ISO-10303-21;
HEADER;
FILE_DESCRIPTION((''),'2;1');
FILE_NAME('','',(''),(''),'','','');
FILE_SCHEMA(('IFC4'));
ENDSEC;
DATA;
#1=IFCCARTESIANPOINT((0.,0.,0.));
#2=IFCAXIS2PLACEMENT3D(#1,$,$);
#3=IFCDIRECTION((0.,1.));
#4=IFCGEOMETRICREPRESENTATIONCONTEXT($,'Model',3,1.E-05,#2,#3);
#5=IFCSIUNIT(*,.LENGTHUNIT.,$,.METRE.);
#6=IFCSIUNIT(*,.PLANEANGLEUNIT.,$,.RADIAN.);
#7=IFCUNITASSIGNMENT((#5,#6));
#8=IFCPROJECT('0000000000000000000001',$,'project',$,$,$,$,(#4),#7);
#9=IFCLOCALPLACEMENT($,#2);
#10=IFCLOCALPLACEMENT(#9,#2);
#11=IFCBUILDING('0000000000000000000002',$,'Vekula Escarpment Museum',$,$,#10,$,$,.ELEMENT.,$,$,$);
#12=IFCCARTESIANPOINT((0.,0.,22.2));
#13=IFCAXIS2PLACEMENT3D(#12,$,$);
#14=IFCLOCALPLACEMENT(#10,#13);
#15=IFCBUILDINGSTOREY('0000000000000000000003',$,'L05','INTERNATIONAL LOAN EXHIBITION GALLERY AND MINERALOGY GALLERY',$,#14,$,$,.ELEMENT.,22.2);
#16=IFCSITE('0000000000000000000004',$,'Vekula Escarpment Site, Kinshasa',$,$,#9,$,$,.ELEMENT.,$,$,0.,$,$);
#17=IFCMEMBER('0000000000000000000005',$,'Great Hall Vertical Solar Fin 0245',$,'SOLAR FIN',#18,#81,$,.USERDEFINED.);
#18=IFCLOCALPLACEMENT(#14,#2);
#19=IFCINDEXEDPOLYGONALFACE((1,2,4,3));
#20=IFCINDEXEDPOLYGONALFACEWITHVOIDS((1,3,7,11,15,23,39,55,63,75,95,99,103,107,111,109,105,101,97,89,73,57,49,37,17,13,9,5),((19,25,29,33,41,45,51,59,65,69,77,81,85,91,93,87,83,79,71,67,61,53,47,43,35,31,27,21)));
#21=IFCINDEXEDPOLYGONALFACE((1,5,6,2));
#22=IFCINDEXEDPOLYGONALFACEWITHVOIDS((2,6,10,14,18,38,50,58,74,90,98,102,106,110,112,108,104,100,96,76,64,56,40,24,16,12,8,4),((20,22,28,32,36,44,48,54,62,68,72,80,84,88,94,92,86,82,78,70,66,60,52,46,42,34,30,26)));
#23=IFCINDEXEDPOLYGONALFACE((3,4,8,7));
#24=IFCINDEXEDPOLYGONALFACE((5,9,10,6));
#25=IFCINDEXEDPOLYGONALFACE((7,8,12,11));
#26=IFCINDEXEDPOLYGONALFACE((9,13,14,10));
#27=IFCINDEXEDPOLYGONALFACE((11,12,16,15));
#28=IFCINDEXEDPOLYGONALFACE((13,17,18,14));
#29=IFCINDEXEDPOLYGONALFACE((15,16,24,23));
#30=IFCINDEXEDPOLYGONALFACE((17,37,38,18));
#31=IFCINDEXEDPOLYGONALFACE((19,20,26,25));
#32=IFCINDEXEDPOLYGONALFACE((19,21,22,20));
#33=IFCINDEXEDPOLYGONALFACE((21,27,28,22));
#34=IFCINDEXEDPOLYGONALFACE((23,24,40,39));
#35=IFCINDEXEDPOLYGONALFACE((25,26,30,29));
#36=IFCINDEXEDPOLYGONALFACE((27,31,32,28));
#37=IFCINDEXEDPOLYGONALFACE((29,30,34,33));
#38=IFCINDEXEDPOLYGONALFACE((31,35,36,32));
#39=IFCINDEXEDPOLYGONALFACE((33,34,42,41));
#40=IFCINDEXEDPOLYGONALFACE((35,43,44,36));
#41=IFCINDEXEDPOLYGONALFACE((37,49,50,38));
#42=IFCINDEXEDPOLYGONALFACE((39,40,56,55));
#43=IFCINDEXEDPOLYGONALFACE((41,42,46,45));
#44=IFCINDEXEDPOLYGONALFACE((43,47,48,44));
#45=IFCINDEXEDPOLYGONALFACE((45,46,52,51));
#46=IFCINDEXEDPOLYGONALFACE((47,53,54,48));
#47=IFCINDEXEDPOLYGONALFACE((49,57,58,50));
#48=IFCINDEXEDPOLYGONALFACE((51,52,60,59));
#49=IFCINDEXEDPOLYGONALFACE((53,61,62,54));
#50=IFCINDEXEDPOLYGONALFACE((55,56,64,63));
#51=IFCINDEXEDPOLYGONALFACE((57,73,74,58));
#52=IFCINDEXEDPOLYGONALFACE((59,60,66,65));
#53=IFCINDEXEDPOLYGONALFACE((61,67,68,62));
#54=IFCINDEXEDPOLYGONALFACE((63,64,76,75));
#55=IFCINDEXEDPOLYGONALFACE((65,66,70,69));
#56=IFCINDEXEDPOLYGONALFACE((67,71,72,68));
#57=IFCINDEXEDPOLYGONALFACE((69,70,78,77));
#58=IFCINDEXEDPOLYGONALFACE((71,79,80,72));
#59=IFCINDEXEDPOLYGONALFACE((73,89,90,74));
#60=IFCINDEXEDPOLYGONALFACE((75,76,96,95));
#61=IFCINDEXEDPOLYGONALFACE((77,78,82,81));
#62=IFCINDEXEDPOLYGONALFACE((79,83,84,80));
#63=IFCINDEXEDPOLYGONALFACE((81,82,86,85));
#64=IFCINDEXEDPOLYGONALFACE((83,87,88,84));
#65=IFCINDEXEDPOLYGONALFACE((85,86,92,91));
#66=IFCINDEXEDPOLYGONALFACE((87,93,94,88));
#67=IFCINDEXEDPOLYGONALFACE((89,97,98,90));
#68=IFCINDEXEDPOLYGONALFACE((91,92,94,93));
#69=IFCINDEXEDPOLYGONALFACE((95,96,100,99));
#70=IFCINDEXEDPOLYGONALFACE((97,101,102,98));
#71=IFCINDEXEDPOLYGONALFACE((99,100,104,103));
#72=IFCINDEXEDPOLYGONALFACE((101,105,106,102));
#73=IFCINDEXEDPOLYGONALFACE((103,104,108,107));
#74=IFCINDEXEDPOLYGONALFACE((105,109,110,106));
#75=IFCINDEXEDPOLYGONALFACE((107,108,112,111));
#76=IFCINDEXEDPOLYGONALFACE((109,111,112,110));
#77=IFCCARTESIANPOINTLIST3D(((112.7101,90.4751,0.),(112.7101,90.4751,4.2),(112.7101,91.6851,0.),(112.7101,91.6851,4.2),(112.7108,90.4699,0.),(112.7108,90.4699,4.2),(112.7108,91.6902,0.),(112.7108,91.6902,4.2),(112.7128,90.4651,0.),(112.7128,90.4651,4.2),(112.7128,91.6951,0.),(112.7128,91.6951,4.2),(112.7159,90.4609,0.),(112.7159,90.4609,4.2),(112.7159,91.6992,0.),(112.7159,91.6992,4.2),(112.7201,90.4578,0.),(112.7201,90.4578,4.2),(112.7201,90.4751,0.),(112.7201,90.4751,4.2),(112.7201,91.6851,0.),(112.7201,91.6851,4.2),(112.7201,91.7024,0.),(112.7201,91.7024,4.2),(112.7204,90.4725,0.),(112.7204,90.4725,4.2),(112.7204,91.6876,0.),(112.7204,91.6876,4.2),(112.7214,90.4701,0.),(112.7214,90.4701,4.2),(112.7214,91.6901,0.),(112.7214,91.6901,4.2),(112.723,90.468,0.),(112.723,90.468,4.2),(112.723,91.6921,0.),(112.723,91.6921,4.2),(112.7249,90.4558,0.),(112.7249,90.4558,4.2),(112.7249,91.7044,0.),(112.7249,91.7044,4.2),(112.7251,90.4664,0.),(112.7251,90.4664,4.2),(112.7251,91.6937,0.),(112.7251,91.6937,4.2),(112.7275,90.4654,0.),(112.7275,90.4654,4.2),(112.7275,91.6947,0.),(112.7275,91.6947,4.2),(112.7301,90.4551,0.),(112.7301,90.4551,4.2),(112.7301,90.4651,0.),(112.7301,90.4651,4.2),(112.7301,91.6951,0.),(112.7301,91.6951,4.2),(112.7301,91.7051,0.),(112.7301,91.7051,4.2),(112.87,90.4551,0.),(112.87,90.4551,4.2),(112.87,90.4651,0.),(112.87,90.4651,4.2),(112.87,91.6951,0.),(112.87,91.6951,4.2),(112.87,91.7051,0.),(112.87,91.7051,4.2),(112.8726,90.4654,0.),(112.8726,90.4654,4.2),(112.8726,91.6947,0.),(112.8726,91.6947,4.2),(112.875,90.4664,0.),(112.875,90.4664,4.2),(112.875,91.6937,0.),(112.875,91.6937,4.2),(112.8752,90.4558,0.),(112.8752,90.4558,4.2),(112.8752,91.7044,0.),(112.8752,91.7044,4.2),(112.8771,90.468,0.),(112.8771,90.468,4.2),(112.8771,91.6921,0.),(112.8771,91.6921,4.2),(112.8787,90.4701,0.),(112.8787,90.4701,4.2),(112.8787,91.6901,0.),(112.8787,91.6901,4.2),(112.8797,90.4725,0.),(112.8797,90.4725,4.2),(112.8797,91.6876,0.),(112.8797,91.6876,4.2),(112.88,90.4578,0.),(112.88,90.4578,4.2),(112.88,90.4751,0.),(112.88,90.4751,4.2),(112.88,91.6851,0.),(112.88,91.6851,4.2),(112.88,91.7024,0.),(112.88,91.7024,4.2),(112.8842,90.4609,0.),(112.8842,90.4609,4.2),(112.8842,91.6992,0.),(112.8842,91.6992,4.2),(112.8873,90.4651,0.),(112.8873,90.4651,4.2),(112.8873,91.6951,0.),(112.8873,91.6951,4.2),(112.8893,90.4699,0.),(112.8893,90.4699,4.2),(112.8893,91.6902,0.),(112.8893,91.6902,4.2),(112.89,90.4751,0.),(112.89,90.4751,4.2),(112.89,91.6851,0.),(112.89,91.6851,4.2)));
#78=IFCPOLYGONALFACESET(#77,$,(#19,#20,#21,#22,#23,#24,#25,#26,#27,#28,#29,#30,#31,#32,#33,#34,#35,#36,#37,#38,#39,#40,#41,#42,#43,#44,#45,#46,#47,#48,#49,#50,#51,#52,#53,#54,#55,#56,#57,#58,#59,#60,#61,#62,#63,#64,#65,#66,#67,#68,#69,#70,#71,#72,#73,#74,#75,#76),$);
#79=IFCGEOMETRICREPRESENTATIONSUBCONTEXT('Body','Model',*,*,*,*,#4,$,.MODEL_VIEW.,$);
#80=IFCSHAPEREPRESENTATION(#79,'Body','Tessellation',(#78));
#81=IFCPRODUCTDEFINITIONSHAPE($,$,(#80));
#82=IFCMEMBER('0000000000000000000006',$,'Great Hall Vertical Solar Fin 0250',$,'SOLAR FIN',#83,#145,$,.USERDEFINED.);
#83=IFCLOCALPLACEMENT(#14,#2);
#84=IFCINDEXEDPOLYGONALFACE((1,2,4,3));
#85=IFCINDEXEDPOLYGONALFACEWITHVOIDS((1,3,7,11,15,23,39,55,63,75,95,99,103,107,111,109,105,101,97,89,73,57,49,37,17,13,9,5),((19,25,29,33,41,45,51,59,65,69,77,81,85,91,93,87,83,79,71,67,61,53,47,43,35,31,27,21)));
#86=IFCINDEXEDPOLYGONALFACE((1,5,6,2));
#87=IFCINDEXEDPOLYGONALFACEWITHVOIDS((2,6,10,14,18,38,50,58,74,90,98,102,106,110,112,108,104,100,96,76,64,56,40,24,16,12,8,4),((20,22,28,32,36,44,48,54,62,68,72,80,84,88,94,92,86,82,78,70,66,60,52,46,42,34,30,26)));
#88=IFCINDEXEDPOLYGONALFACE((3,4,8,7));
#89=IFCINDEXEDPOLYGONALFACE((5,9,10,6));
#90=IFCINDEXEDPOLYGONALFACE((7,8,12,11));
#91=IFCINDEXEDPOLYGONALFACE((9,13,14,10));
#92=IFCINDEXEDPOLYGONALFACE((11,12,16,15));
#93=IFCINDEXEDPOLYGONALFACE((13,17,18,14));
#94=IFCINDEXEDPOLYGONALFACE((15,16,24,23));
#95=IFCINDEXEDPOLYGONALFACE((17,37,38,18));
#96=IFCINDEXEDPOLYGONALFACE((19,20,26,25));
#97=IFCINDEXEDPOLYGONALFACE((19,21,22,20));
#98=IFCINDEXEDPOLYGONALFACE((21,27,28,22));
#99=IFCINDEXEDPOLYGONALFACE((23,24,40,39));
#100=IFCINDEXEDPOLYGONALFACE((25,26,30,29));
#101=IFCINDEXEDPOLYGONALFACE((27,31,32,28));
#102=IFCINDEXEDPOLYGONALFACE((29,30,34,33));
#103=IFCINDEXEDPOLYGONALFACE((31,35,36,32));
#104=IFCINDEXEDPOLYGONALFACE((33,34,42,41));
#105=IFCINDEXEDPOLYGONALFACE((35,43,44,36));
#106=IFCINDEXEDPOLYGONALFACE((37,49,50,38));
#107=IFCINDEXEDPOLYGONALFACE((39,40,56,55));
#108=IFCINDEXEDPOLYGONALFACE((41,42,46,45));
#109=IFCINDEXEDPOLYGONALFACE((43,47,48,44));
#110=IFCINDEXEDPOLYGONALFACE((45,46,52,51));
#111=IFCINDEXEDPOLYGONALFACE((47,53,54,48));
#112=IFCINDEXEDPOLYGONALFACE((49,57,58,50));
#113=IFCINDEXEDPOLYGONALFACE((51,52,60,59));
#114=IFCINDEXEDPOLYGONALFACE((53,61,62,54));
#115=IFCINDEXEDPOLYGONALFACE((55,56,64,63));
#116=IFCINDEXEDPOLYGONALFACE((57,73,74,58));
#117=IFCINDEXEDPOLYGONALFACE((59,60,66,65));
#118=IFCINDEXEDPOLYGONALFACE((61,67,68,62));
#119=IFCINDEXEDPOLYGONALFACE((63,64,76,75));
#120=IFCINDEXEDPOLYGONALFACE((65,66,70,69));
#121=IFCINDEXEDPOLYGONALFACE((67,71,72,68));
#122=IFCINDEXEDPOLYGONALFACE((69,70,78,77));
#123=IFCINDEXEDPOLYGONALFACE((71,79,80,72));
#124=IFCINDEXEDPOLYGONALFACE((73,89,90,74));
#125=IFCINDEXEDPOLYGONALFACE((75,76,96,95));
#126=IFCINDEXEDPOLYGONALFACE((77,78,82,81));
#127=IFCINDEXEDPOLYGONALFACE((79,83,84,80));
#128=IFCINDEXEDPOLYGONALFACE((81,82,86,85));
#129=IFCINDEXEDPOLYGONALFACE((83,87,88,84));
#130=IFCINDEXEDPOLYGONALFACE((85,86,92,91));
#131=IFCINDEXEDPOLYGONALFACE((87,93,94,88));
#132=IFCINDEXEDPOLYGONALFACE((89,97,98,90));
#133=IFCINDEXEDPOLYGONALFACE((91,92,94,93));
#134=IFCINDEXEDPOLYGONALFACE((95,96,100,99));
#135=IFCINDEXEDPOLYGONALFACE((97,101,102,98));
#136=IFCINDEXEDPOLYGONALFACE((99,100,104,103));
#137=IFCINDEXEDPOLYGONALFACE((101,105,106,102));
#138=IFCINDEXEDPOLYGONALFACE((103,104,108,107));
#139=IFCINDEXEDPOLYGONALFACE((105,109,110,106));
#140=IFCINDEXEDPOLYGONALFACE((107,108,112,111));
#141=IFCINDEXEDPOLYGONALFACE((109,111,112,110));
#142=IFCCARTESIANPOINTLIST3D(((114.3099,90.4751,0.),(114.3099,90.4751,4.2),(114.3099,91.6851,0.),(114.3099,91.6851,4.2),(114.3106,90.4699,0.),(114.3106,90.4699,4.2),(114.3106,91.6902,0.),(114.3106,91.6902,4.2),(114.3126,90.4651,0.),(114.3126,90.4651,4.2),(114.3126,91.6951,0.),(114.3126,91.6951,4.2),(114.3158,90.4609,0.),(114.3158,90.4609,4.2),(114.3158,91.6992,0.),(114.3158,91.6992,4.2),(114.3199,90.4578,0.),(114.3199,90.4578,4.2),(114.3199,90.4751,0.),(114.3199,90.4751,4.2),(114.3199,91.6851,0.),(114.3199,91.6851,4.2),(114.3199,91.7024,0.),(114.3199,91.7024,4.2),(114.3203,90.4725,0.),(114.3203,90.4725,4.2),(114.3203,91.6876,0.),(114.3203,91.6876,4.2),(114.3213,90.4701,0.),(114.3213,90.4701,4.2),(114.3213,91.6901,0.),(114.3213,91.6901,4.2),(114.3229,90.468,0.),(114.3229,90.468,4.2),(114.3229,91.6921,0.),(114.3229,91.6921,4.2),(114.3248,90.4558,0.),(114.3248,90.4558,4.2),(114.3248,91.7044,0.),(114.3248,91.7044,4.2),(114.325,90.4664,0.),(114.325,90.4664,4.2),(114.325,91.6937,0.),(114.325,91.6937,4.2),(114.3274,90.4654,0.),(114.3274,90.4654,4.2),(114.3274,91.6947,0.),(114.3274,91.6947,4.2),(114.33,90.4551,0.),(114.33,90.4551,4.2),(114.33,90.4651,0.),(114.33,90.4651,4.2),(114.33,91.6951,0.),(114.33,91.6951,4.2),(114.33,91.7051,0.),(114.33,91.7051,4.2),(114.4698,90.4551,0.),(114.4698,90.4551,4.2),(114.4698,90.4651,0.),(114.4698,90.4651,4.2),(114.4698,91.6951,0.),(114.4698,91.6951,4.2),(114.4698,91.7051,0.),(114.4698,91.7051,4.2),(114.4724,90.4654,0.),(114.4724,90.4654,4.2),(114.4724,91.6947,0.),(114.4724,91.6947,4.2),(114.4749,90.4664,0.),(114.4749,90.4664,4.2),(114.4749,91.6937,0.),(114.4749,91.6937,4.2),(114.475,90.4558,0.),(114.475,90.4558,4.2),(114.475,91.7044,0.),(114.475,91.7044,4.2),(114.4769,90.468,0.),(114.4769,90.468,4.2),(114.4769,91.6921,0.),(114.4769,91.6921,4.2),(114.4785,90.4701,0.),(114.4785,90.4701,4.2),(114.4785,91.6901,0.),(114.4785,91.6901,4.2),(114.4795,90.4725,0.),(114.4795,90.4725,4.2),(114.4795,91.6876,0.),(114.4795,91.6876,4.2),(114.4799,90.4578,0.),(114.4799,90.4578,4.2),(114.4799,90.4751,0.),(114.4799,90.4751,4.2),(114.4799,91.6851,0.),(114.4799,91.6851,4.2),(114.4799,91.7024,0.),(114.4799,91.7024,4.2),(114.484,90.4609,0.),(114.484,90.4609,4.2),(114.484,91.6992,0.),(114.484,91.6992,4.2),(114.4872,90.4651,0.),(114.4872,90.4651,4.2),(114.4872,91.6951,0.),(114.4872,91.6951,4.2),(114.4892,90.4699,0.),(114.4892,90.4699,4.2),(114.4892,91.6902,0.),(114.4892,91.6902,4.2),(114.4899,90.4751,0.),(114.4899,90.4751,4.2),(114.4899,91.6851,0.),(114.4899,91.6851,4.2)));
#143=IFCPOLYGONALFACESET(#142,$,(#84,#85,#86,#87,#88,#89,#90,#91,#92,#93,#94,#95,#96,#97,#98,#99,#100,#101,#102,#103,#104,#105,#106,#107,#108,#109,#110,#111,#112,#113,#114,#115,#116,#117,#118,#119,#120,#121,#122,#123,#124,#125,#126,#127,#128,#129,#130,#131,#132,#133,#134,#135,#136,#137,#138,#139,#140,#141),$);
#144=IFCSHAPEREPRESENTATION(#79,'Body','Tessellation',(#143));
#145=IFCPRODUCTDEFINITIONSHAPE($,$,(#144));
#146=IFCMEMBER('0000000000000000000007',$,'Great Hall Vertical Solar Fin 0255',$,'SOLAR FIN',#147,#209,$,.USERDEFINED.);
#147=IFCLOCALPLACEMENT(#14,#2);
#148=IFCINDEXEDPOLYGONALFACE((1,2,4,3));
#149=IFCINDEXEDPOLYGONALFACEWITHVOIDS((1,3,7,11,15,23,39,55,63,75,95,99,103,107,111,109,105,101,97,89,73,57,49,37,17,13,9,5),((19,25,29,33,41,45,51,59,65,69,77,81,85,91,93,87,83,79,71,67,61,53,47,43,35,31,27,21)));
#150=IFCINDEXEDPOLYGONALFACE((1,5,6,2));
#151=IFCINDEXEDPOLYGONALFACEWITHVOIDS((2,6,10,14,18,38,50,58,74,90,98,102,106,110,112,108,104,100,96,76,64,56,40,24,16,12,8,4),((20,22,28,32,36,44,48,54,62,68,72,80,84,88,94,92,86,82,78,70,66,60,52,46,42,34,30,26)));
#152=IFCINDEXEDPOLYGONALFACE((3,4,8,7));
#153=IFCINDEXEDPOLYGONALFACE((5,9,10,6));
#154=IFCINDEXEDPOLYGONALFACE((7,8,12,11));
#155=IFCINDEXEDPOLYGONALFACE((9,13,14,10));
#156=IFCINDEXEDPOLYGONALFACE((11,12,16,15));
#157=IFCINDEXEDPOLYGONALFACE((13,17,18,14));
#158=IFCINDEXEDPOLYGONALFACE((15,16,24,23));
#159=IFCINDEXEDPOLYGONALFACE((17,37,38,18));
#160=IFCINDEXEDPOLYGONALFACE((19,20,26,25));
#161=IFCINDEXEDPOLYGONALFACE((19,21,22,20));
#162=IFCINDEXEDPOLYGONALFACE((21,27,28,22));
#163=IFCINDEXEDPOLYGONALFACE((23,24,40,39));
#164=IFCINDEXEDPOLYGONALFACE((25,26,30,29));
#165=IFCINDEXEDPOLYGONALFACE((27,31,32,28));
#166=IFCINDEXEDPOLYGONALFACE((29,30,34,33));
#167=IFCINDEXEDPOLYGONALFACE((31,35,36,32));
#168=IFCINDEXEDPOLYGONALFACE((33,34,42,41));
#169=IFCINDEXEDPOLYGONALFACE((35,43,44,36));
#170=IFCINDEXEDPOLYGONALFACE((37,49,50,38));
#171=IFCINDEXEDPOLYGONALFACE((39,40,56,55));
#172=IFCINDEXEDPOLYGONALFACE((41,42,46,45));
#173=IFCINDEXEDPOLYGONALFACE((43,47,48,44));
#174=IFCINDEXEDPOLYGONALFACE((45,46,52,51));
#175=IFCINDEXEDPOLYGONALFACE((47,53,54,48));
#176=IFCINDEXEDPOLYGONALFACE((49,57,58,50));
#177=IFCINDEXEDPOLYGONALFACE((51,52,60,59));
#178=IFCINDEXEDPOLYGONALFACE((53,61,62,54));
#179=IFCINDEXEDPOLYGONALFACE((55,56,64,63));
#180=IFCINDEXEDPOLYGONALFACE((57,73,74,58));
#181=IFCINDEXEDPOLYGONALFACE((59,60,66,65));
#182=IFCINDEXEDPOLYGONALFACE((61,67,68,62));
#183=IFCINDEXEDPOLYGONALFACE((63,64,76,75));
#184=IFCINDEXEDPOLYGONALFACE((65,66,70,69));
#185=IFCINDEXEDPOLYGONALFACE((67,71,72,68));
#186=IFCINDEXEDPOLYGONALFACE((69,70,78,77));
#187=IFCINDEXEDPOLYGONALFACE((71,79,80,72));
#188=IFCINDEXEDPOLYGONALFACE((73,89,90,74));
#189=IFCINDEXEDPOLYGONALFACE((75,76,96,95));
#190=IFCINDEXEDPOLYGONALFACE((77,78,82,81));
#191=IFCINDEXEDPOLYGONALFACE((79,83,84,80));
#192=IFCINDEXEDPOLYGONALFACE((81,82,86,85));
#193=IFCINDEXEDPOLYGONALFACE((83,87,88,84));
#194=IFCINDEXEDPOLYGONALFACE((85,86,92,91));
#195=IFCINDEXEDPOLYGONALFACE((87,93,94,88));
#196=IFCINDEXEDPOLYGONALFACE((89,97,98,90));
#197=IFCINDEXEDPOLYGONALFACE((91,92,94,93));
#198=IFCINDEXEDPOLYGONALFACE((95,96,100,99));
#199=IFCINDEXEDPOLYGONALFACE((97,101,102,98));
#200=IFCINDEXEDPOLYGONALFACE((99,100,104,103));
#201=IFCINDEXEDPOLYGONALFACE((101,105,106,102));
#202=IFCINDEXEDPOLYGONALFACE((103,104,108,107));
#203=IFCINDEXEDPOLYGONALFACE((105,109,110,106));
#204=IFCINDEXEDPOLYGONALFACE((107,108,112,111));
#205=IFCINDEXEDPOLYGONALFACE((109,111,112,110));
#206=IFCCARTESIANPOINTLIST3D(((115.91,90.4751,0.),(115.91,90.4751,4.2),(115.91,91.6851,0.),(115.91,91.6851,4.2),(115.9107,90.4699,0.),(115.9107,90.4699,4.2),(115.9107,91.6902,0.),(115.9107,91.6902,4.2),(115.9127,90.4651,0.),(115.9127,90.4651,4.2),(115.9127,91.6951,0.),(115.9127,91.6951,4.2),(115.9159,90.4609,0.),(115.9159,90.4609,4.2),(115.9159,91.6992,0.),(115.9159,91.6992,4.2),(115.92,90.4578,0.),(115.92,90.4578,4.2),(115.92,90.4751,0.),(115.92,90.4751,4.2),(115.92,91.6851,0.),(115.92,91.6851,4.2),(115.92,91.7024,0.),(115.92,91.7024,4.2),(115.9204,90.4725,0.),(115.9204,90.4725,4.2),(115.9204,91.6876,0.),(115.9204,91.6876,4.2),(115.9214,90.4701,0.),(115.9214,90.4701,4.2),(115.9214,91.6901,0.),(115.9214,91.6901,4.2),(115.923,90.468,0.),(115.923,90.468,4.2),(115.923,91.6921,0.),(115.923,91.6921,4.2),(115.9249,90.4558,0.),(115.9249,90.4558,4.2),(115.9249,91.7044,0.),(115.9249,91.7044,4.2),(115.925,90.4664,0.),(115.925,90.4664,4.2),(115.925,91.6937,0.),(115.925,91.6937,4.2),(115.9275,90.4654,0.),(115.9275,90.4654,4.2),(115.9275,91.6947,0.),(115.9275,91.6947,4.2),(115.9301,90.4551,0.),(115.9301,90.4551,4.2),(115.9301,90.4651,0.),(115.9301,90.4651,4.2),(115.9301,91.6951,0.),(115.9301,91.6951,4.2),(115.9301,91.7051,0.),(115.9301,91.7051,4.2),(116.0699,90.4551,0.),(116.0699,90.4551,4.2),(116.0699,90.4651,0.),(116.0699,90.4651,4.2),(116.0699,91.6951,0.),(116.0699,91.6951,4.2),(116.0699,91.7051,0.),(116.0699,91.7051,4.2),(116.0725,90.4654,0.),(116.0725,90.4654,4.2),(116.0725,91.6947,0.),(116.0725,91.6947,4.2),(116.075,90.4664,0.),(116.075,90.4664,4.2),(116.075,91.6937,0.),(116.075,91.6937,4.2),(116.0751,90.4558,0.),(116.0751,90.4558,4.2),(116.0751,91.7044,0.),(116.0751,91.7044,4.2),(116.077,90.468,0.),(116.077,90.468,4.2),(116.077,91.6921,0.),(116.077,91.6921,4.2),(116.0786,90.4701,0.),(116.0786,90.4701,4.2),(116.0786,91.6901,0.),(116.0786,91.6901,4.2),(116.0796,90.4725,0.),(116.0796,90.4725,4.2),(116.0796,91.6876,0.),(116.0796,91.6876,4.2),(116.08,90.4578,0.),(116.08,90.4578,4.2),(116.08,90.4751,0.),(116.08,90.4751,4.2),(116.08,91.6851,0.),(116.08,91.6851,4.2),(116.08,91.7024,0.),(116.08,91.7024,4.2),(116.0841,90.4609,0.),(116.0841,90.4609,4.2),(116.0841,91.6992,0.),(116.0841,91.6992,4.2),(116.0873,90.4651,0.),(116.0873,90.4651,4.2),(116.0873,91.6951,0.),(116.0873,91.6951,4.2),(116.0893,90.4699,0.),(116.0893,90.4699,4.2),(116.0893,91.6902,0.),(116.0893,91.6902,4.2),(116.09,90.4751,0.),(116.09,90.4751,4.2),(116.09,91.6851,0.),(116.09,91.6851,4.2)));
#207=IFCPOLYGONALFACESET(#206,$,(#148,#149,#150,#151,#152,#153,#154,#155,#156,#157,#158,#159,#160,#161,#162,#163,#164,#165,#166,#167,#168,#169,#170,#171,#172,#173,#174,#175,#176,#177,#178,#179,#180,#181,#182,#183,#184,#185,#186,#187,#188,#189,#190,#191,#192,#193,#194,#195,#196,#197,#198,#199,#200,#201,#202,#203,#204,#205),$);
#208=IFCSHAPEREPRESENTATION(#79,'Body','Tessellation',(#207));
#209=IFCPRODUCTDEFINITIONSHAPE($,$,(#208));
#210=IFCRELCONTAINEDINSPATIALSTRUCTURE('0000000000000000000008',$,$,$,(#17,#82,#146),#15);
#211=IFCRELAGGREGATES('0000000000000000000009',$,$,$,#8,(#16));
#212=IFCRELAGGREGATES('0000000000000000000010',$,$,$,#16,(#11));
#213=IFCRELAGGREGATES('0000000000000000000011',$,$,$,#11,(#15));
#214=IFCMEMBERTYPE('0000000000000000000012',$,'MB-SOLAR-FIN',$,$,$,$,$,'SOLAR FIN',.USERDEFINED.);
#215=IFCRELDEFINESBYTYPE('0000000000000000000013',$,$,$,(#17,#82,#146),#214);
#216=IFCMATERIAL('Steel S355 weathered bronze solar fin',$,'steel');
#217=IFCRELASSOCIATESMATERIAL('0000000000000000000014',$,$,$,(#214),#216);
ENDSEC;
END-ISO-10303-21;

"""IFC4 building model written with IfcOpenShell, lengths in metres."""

from ifc_helpers import new_model, si_unit, direction, frame, origin, origin_2d, place, context, subcontext, project, spatial, hollow_rectangle, extrude, material, material_profile, profile_set, type_object, element, save


model = new_model("IFC4")

# Units and contexts
model_context = context("Model", 3, precision=1e-05, world=origin(), true_north=direction((0.0, 1.0)))
body_context = subcontext(model_context, "Body", "Model", "MODEL_VIEW")
ifc_project = project(units=[si_unit("LENGTHUNIT", "METRE"), si_unit("PLANEANGLEUNIT", "RADIAN")], contexts=[model_context])

# Site, building, storey
site_placement = place(None, origin())
site = spatial("IfcSite", under=ifc_project, at=site_placement, Name="Vekula Escarpment Site, Kinshasa", CompositionType="ELEMENT", RefElevation=0.0)
building_placement = place(site_placement, origin())
building = spatial("IfcBuilding", under=site, at=building_placement, Name="Vekula Escarpment Museum", CompositionType="ELEMENT")
storey_placement = place(building_placement, frame((0.0, 0.0, 22.2)))
storey = spatial("IfcBuildingStorey", under=building, at=storey_placement, Name="L05", Description="INTERNATIONAL LOAN EXHIBITION GALLERY AND MINERALOGY GALLERY", CompositionType="ELEMENT", Elevation=22.2)

# Members
ifc_material_1 = material(Name="Steel S355 weathered bronze solar fin", Category="steel")
ifc_material_profile_1 = material_profile(ifc_material_1, hollow_rectangle(XDim=0.1799, YDim=1.25, WallThickness=0.01, InnerFilletRadius=0.01, OuterFilletRadius=0.02, at=origin_2d()), Name="RHS 1250x180x10")
ifc_profile_set_1 = profile_set([ifc_material_profile_1], Name="Steel S355 weathered bronze solar fin")
member_type_1 = type_object("IfcMemberType", Name="MB-SOLAR-FIN", ElementType="SOLAR FIN", PredefinedType="USERDEFINED", material=ifc_profile_set_1)
for number, where, z_axis, x_axis, name in (
    (1, (112.8, 91.0801, 0.0), (0.0, 0.0, 1.0), (1.0, 0.0, 0.0), "Great Hall Vertical Solar Fin 0245"),
    (2, (114.3999, 91.0801, 0.0), (0.0, 0.0, 1.0), (1.0, 0.0, 0.0), "Great Hall Vertical Solar Fin 0250"),
    (3, (116.0, 91.0801, 0.0), (0.0, 0.0, 1.0), (1.0, 0.0, 0.0), "Great Hall Vertical Solar Fin 0255"),
):
    element("IfcMember", number, at=place(storey_placement, frame(where, z_axis=z_axis, x_axis=x_axis)), inside=storey, type_object=member_type_1, Name=name, ObjectType="SOLAR FIN", PredefinedType="USERDEFINED", context=body_context, shape_type="SweptSolid", body=[
        extrude(hollow_rectangle(XDim=0.1799, YDim=1.25, WallThickness=0.01, InnerFilletRadius=0.01, OuterFilletRadius=0.02, at=origin_2d()), origin(), (0.0, 0.0, 1.0), 4.2),
    ])

save(model, "model.ifc")
